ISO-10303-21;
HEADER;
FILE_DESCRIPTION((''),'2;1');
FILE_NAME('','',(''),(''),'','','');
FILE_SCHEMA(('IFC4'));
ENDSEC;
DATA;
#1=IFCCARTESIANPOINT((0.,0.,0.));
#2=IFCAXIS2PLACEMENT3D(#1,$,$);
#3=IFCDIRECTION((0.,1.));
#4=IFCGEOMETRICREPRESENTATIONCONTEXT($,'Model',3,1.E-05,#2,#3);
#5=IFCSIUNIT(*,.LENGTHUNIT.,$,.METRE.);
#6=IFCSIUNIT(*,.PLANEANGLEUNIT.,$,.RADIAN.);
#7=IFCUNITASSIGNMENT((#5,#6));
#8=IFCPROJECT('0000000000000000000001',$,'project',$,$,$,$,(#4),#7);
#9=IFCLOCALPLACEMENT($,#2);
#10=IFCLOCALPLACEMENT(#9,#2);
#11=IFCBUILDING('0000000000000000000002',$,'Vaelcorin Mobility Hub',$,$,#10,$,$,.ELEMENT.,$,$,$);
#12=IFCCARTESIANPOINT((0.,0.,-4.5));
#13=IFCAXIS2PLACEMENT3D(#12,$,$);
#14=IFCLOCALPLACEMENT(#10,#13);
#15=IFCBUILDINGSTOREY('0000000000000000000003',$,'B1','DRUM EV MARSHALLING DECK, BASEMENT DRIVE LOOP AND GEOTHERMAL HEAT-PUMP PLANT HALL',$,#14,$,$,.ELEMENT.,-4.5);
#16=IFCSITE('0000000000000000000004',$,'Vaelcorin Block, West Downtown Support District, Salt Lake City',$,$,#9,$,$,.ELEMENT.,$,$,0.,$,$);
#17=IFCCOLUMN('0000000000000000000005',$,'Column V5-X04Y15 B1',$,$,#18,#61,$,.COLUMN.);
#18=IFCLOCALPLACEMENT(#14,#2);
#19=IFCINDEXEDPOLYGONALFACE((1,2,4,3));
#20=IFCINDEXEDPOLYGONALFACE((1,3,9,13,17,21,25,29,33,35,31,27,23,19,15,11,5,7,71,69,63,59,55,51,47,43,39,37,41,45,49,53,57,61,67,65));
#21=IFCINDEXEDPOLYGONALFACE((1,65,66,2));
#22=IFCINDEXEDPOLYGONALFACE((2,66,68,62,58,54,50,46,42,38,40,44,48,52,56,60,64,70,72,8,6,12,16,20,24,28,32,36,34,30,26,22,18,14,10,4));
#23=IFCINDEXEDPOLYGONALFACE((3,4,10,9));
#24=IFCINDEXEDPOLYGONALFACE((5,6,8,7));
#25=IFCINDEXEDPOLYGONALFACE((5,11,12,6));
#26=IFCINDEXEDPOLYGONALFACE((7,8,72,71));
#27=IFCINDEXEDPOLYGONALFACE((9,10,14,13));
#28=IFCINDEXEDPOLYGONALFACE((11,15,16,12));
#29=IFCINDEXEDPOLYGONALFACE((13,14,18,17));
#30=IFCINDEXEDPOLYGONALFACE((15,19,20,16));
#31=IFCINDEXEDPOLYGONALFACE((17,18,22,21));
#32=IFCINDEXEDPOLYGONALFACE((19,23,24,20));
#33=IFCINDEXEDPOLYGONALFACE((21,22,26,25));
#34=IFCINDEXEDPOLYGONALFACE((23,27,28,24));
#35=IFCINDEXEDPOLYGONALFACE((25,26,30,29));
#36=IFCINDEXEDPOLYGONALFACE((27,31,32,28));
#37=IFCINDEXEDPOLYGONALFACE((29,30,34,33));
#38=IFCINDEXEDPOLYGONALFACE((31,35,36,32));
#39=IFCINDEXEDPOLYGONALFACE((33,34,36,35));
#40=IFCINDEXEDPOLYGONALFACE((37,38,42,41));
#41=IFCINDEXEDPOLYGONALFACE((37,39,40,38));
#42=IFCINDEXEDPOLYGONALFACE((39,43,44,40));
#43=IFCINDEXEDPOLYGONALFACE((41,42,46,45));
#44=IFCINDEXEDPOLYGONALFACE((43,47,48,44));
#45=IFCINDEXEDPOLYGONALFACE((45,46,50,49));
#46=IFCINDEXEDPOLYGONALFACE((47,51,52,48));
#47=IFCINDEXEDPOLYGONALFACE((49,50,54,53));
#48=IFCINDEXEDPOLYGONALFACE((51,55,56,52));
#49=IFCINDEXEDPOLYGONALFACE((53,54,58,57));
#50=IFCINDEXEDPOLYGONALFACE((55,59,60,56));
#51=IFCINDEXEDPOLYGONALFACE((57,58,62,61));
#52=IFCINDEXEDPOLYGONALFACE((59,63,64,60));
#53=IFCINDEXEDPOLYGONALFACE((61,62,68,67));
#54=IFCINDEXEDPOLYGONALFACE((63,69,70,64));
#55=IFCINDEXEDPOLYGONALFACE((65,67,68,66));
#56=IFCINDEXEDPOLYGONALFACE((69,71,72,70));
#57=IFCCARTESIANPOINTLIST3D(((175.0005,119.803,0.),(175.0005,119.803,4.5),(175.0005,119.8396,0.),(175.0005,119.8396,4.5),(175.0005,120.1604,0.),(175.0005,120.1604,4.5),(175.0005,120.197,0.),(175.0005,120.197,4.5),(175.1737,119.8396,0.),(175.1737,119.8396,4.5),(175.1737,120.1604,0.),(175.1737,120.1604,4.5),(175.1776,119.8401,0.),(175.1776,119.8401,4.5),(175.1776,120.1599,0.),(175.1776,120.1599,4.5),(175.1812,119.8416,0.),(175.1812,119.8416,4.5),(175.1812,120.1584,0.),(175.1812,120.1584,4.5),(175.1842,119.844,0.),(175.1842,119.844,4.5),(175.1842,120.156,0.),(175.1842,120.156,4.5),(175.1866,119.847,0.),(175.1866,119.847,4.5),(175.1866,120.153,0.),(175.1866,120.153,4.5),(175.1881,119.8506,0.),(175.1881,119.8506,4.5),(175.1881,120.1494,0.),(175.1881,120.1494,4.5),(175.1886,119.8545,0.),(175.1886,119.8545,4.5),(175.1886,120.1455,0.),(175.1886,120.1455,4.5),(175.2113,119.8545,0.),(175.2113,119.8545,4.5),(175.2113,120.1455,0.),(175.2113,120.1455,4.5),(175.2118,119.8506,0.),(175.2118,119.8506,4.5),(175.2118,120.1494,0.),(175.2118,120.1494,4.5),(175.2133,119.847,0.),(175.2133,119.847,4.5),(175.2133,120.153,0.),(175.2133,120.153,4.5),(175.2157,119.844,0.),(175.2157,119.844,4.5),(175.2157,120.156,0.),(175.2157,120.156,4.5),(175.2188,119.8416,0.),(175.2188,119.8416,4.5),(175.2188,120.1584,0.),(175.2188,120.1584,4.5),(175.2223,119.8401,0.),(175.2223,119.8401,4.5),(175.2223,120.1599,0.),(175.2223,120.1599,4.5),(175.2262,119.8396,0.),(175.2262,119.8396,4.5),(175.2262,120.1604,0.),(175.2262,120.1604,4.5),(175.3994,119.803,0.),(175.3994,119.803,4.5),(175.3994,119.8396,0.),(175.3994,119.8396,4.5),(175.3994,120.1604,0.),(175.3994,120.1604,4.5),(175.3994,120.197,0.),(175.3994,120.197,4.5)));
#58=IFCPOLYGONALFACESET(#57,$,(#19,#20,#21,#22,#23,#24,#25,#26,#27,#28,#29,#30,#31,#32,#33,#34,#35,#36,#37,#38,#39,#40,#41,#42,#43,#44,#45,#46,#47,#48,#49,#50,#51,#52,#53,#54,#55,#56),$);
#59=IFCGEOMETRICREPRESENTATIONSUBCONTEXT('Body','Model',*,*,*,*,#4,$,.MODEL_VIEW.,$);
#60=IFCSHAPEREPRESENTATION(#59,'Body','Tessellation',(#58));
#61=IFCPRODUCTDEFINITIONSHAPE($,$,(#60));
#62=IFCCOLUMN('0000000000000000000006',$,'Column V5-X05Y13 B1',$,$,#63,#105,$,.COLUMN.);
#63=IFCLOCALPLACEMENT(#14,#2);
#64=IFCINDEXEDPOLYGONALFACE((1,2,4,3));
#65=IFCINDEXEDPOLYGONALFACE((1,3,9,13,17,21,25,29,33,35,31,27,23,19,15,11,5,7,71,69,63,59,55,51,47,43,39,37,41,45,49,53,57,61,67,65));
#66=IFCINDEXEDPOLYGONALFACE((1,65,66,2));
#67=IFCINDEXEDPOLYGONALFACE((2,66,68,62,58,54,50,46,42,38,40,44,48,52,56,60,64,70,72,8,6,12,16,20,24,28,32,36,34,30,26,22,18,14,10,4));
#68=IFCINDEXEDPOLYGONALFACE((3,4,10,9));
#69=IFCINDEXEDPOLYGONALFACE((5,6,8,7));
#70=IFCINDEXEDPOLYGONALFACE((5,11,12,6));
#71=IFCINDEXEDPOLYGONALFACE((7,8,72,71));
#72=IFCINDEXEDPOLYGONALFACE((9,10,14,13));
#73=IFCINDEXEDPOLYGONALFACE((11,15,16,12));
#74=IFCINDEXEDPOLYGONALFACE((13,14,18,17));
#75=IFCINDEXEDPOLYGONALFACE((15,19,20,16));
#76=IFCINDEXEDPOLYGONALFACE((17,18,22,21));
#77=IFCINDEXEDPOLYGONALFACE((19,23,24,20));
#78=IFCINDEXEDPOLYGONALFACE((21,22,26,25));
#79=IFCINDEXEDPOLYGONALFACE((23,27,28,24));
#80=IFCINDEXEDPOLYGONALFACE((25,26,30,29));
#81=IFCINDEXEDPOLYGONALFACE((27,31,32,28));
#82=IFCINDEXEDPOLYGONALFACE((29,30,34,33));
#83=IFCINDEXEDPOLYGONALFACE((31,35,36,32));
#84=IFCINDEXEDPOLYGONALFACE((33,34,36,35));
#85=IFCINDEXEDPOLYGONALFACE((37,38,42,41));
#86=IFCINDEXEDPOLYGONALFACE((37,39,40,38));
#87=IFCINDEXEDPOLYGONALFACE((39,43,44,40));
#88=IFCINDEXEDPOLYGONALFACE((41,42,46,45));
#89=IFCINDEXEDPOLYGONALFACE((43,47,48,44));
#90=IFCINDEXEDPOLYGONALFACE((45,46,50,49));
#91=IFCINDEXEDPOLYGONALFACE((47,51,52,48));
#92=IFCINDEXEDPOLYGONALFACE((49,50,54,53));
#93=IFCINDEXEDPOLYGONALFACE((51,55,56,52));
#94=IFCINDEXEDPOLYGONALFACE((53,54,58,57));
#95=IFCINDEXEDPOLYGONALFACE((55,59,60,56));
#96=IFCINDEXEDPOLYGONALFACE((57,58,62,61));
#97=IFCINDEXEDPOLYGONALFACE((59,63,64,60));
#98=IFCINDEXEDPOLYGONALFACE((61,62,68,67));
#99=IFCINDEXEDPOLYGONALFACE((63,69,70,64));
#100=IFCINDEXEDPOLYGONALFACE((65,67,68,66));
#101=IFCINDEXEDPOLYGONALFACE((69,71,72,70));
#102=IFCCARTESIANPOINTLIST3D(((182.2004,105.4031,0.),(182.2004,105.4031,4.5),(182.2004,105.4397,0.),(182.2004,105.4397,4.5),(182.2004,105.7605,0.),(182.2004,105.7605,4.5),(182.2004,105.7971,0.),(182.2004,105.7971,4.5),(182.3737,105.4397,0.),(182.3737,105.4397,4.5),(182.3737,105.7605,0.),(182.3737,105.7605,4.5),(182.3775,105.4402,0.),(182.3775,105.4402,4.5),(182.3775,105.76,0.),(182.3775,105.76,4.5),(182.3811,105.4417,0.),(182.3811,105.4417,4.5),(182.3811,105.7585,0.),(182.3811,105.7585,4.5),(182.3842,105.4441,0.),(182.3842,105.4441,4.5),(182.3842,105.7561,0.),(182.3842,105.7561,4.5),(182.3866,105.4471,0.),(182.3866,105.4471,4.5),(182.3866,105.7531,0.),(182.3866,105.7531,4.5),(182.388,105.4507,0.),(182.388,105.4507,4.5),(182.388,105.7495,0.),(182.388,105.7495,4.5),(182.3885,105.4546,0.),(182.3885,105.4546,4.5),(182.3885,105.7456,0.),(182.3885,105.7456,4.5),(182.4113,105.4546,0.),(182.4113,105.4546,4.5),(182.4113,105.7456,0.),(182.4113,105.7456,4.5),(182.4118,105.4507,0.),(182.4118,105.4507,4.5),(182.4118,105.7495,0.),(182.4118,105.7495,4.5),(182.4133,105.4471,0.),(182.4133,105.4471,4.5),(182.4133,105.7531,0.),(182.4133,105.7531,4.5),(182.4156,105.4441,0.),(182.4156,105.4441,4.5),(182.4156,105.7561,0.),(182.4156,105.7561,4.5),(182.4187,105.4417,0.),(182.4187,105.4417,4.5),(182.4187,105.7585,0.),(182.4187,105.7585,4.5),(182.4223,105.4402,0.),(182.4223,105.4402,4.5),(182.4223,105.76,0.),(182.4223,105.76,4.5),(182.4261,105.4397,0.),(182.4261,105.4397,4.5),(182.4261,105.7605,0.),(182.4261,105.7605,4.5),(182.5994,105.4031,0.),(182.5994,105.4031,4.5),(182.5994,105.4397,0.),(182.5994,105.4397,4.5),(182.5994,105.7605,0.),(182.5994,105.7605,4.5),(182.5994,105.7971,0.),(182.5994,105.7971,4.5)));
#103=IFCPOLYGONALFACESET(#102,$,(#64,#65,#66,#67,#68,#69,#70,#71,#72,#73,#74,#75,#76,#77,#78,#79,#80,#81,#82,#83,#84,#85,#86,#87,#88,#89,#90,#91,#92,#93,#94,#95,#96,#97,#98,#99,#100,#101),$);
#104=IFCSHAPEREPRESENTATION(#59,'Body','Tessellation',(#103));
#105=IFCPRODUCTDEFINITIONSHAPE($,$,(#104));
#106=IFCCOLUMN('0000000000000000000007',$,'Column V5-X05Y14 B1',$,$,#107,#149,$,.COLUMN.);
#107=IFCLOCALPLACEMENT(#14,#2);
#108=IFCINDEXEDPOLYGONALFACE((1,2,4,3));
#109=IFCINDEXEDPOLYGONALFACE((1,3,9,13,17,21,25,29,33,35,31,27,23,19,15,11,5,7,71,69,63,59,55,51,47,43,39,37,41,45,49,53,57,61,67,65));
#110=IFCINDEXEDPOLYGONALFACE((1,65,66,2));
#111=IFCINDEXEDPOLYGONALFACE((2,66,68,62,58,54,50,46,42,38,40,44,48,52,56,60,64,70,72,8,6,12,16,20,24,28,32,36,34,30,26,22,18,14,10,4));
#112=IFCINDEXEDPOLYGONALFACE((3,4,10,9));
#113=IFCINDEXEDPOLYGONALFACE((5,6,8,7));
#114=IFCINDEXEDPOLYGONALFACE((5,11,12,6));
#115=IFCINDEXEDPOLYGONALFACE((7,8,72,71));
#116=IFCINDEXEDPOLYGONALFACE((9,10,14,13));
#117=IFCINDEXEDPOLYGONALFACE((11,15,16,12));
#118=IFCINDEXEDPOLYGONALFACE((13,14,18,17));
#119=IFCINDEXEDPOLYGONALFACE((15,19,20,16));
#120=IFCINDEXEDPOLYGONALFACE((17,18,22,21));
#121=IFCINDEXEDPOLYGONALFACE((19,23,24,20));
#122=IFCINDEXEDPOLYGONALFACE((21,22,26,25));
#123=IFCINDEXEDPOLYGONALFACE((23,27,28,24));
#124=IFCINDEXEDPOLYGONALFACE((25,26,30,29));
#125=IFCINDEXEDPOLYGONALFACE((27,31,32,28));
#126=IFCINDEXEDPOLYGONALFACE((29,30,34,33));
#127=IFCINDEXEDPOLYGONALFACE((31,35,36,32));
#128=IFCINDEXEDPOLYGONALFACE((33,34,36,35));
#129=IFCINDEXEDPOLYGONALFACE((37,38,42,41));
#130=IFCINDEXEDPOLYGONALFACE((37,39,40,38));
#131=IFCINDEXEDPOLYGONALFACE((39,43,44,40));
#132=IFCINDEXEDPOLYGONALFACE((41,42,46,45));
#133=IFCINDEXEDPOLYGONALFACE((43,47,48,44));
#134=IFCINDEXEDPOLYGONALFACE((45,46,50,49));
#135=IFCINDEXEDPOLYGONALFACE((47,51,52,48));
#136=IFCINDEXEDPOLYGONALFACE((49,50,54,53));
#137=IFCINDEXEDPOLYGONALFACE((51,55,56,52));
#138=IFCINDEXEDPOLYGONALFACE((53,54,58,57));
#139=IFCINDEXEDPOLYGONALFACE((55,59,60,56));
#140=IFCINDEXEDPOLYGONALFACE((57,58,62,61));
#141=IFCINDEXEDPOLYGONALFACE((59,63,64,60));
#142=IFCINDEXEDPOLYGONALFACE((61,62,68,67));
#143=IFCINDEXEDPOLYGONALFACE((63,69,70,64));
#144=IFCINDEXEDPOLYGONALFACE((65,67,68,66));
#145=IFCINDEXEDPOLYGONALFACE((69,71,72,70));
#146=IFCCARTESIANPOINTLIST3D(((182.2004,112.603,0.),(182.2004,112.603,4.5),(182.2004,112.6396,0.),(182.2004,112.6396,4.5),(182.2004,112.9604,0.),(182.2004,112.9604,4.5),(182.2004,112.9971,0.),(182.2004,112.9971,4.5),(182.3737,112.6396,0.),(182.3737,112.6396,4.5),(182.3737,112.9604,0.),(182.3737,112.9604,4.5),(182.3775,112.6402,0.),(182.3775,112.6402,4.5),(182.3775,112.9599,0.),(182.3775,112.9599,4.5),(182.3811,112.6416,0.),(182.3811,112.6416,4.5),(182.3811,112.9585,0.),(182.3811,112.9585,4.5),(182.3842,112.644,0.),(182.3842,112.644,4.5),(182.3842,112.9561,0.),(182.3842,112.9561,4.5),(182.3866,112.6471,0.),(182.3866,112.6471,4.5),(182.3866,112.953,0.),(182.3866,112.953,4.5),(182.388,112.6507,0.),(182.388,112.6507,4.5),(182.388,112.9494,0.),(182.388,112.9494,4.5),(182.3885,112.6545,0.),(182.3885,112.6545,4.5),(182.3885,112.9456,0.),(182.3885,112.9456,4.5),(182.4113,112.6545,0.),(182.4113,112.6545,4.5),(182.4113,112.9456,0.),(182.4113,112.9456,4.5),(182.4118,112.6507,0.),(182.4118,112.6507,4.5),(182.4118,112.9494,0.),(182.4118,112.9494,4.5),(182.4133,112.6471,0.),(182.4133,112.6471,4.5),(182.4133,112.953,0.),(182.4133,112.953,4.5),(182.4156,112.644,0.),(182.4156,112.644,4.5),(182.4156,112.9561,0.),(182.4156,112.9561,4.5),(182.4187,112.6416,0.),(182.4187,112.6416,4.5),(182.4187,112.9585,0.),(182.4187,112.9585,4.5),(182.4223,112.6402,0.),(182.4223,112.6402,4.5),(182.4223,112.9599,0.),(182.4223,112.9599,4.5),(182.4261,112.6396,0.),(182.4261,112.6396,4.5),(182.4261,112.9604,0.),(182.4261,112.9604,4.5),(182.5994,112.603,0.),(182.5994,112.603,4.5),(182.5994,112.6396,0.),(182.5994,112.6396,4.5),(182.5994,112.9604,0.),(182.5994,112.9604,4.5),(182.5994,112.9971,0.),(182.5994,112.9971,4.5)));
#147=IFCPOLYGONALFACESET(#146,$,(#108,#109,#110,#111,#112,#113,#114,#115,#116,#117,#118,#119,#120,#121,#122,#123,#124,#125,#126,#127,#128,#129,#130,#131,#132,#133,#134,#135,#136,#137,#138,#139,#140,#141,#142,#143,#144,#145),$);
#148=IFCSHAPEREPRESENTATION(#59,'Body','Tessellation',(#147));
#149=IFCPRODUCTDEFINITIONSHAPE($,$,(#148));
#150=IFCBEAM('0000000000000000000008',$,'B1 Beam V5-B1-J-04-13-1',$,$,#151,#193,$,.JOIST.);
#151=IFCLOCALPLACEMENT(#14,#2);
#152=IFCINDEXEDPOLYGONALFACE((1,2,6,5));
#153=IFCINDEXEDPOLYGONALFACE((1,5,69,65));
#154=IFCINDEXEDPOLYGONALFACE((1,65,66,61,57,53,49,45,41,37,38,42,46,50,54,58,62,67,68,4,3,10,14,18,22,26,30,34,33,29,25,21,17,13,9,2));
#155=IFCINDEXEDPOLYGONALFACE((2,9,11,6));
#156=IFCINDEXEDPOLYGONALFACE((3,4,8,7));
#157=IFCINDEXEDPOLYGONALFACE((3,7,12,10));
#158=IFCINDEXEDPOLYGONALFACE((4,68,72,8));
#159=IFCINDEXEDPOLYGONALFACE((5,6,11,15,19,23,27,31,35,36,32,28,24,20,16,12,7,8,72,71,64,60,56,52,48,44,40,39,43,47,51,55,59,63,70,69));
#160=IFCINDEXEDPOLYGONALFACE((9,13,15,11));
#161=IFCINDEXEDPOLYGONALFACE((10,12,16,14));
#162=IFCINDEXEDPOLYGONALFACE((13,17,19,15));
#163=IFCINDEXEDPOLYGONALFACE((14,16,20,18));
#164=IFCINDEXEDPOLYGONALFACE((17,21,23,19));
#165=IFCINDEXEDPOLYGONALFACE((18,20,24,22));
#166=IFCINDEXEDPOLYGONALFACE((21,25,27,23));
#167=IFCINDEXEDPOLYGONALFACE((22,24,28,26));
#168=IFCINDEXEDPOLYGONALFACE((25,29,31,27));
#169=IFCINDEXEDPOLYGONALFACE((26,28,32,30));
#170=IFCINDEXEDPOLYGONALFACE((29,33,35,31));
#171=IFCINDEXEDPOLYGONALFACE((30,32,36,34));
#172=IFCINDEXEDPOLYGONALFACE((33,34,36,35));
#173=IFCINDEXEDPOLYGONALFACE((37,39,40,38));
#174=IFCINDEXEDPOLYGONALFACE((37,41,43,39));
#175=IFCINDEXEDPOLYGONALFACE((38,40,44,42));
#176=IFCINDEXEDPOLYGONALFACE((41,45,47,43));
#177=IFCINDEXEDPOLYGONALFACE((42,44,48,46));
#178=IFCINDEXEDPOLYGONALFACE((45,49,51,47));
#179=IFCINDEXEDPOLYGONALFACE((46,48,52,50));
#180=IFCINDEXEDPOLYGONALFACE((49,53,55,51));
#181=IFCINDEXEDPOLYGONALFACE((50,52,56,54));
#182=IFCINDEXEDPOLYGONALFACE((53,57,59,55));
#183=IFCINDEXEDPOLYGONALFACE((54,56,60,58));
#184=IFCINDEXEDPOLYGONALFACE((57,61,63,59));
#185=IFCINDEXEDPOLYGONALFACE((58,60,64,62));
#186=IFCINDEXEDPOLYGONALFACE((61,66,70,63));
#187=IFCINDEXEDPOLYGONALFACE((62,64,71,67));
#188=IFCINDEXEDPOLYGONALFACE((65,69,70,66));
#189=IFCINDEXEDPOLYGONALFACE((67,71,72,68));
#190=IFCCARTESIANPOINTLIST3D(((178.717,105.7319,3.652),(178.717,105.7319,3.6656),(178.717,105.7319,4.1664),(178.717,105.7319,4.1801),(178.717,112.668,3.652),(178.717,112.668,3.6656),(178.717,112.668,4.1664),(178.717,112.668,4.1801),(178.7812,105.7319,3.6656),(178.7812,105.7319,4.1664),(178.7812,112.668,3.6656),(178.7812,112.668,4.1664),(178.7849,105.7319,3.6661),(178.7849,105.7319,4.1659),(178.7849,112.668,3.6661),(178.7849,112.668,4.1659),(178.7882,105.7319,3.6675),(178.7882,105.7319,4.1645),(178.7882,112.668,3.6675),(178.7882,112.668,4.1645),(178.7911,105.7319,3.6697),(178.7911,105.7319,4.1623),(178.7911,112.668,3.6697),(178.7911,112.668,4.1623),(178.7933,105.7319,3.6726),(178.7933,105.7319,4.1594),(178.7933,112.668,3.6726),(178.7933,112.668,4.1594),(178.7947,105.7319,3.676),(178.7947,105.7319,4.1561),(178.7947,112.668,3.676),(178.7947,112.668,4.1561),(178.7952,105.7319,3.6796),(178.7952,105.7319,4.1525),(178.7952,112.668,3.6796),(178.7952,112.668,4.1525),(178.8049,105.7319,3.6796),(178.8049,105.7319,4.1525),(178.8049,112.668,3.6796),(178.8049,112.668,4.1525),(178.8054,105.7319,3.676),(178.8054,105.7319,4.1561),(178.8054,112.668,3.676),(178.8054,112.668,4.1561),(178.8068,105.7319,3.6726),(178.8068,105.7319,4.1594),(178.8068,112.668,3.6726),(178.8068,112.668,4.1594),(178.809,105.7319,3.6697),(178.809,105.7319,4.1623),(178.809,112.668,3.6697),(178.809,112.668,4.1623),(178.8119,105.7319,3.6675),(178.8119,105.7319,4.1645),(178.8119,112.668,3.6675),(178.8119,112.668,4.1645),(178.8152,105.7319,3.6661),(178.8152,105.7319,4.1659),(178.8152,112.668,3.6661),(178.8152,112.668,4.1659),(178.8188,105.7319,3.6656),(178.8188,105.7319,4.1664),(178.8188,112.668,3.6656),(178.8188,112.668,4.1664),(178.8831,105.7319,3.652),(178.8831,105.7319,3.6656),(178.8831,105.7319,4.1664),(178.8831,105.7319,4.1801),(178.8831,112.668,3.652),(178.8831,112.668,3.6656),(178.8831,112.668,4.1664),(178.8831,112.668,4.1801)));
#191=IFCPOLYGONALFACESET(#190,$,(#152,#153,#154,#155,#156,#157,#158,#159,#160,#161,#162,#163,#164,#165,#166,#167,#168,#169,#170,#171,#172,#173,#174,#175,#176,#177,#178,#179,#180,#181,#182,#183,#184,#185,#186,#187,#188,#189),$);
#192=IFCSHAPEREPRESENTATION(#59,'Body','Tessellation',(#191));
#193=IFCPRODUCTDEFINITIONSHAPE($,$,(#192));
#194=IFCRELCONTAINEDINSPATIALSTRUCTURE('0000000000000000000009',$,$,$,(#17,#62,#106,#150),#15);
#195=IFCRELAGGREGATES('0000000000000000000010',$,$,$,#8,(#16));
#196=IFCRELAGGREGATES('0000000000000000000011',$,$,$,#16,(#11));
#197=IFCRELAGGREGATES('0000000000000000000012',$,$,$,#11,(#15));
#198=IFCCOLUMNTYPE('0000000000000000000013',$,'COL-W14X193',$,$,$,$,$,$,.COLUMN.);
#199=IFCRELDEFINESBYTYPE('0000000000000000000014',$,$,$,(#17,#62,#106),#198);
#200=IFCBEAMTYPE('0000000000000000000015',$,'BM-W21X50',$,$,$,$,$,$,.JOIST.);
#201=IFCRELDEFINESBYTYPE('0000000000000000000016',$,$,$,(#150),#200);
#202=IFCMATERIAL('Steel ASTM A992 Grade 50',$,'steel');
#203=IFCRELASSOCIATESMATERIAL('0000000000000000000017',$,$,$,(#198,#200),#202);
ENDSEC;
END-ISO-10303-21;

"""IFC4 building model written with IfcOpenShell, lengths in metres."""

from ifc_helpers import new_model, si_unit, direction, frame, origin, origin_2d, place, context, subcontext, project, spatial, i_section, extrude, material, material_profile, profile_set, type_object, element, save


model = new_model("IFC4")

# Units and contexts
model_context = context("Model", 3, precision=1e-05, world=origin(), true_north=direction((0.0, 1.0)))
body_context = subcontext(model_context, "Body", "Model", "MODEL_VIEW")
ifc_project = project(units=[si_unit("LENGTHUNIT", "METRE"), si_unit("PLANEANGLEUNIT", "RADIAN")], contexts=[model_context])

# Site, building, storey
site_placement = place(None, origin())
site = spatial("IfcSite", under=ifc_project, at=site_placement, Name="Vaelcorin Block, West Downtown Support District, Salt Lake City", CompositionType="ELEMENT", RefElevation=0.0)
building_placement = place(site_placement, origin())
building = spatial("IfcBuilding", under=site, at=building_placement, Name="Vaelcorin Mobility Hub", CompositionType="ELEMENT")
storey_placement = place(building_placement, frame((0.0, 0.0, -4.5)))
storey = spatial("IfcBuildingStorey", under=building, at=storey_placement, Name="B1", Description="DRUM EV MARSHALLING DECK, BASEMENT DRIVE LOOP AND GEOTHERMAL HEAT-PUMP PLANT HALL", CompositionType="ELEMENT", Elevation=-4.5)

# Columns
ifc_material_1 = material(Name="Steel ASTM A992 Grade 50", Category="steel")
ifc_material_profile_1 = material_profile(ifc_material_1, i_section(OverallWidth=0.3989, OverallDepth=0.394, WebThickness=0.0227, FlangeThickness=0.0366, FilletRadius=0.0149, at=origin_2d()), Name="W14X193")
ifc_profile_set_1 = profile_set([ifc_material_profile_1], Name="Steel ASTM A992 Grade 50")
column_type = type_object("IfcColumnType", Name="COL-W14X193", PredefinedType="COLUMN", material=ifc_profile_set_1)
for number, where, z_axis, x_axis, name in (
    (1, (175.2, 120.0, 0.0), (0.0, 0.0, 1.0), (1.0, 0.0, 0.0), "Column V5-X04Y15 B1"),
    (2, (182.3999, 105.6001, 0.0), (0.0, 0.0, 1.0), (1.0, 0.0, 0.0), "Column V5-X05Y13 B1"),
    (3, (182.3999, 112.8, 0.0), (0.0, 0.0, 1.0), (1.0, 0.0, 0.0), "Column V5-X05Y14 B1"),
):
    element("IfcColumn", number, at=place(storey_placement, frame(where, z_axis=z_axis, x_axis=x_axis)), inside=storey, type_object=column_type, Name=name, PredefinedType="COLUMN", context=body_context, shape_type="SweptSolid", body=[
        extrude(i_section(OverallWidth=0.3989, OverallDepth=0.394, WebThickness=0.0227, FlangeThickness=0.0366, FilletRadius=0.0149, at=origin_2d()), origin(), (0.0, 0.0, 1.0), 4.5),
    ])

# Beam
ifc_material_profile_2 = material_profile(ifc_material_1, i_section(OverallWidth=0.166, OverallDepth=0.5281, WebThickness=0.0098, FlangeThickness=0.0137, FilletRadius=0.0139, at=origin_2d()), Name="W21X50")
ifc_profile_set_2 = profile_set([ifc_material_profile_2], Name="Steel ASTM A992 Grade 50")
beam_type_1 = type_object("IfcBeamType", Name="BM-W21X50", PredefinedType="JOIST", material=ifc_profile_set_2)
for number, where, z_axis, x_axis, name in (
    (4, (178.8, 105.7319, 3.916), (0.0, 1.0, 0.0), (-1.0, 0.0, 0.0), "B1 Beam V5-B1-J-04-13-1"),
):
    element("IfcBeam", number, at=place(storey_placement, frame(where, z_axis=z_axis, x_axis=x_axis)), inside=storey, type_object=beam_type_1, Name=name, PredefinedType="JOIST", context=body_context, shape_type="SweptSolid", body=[
        extrude(i_section(OverallWidth=0.166, OverallDepth=0.5281, WebThickness=0.0098, FlangeThickness=0.0137, FilletRadius=0.0139, at=origin_2d()), origin(), (0.0, 0.0, 1.0), 6.936),
    ])

save(model, "model.ifc")
